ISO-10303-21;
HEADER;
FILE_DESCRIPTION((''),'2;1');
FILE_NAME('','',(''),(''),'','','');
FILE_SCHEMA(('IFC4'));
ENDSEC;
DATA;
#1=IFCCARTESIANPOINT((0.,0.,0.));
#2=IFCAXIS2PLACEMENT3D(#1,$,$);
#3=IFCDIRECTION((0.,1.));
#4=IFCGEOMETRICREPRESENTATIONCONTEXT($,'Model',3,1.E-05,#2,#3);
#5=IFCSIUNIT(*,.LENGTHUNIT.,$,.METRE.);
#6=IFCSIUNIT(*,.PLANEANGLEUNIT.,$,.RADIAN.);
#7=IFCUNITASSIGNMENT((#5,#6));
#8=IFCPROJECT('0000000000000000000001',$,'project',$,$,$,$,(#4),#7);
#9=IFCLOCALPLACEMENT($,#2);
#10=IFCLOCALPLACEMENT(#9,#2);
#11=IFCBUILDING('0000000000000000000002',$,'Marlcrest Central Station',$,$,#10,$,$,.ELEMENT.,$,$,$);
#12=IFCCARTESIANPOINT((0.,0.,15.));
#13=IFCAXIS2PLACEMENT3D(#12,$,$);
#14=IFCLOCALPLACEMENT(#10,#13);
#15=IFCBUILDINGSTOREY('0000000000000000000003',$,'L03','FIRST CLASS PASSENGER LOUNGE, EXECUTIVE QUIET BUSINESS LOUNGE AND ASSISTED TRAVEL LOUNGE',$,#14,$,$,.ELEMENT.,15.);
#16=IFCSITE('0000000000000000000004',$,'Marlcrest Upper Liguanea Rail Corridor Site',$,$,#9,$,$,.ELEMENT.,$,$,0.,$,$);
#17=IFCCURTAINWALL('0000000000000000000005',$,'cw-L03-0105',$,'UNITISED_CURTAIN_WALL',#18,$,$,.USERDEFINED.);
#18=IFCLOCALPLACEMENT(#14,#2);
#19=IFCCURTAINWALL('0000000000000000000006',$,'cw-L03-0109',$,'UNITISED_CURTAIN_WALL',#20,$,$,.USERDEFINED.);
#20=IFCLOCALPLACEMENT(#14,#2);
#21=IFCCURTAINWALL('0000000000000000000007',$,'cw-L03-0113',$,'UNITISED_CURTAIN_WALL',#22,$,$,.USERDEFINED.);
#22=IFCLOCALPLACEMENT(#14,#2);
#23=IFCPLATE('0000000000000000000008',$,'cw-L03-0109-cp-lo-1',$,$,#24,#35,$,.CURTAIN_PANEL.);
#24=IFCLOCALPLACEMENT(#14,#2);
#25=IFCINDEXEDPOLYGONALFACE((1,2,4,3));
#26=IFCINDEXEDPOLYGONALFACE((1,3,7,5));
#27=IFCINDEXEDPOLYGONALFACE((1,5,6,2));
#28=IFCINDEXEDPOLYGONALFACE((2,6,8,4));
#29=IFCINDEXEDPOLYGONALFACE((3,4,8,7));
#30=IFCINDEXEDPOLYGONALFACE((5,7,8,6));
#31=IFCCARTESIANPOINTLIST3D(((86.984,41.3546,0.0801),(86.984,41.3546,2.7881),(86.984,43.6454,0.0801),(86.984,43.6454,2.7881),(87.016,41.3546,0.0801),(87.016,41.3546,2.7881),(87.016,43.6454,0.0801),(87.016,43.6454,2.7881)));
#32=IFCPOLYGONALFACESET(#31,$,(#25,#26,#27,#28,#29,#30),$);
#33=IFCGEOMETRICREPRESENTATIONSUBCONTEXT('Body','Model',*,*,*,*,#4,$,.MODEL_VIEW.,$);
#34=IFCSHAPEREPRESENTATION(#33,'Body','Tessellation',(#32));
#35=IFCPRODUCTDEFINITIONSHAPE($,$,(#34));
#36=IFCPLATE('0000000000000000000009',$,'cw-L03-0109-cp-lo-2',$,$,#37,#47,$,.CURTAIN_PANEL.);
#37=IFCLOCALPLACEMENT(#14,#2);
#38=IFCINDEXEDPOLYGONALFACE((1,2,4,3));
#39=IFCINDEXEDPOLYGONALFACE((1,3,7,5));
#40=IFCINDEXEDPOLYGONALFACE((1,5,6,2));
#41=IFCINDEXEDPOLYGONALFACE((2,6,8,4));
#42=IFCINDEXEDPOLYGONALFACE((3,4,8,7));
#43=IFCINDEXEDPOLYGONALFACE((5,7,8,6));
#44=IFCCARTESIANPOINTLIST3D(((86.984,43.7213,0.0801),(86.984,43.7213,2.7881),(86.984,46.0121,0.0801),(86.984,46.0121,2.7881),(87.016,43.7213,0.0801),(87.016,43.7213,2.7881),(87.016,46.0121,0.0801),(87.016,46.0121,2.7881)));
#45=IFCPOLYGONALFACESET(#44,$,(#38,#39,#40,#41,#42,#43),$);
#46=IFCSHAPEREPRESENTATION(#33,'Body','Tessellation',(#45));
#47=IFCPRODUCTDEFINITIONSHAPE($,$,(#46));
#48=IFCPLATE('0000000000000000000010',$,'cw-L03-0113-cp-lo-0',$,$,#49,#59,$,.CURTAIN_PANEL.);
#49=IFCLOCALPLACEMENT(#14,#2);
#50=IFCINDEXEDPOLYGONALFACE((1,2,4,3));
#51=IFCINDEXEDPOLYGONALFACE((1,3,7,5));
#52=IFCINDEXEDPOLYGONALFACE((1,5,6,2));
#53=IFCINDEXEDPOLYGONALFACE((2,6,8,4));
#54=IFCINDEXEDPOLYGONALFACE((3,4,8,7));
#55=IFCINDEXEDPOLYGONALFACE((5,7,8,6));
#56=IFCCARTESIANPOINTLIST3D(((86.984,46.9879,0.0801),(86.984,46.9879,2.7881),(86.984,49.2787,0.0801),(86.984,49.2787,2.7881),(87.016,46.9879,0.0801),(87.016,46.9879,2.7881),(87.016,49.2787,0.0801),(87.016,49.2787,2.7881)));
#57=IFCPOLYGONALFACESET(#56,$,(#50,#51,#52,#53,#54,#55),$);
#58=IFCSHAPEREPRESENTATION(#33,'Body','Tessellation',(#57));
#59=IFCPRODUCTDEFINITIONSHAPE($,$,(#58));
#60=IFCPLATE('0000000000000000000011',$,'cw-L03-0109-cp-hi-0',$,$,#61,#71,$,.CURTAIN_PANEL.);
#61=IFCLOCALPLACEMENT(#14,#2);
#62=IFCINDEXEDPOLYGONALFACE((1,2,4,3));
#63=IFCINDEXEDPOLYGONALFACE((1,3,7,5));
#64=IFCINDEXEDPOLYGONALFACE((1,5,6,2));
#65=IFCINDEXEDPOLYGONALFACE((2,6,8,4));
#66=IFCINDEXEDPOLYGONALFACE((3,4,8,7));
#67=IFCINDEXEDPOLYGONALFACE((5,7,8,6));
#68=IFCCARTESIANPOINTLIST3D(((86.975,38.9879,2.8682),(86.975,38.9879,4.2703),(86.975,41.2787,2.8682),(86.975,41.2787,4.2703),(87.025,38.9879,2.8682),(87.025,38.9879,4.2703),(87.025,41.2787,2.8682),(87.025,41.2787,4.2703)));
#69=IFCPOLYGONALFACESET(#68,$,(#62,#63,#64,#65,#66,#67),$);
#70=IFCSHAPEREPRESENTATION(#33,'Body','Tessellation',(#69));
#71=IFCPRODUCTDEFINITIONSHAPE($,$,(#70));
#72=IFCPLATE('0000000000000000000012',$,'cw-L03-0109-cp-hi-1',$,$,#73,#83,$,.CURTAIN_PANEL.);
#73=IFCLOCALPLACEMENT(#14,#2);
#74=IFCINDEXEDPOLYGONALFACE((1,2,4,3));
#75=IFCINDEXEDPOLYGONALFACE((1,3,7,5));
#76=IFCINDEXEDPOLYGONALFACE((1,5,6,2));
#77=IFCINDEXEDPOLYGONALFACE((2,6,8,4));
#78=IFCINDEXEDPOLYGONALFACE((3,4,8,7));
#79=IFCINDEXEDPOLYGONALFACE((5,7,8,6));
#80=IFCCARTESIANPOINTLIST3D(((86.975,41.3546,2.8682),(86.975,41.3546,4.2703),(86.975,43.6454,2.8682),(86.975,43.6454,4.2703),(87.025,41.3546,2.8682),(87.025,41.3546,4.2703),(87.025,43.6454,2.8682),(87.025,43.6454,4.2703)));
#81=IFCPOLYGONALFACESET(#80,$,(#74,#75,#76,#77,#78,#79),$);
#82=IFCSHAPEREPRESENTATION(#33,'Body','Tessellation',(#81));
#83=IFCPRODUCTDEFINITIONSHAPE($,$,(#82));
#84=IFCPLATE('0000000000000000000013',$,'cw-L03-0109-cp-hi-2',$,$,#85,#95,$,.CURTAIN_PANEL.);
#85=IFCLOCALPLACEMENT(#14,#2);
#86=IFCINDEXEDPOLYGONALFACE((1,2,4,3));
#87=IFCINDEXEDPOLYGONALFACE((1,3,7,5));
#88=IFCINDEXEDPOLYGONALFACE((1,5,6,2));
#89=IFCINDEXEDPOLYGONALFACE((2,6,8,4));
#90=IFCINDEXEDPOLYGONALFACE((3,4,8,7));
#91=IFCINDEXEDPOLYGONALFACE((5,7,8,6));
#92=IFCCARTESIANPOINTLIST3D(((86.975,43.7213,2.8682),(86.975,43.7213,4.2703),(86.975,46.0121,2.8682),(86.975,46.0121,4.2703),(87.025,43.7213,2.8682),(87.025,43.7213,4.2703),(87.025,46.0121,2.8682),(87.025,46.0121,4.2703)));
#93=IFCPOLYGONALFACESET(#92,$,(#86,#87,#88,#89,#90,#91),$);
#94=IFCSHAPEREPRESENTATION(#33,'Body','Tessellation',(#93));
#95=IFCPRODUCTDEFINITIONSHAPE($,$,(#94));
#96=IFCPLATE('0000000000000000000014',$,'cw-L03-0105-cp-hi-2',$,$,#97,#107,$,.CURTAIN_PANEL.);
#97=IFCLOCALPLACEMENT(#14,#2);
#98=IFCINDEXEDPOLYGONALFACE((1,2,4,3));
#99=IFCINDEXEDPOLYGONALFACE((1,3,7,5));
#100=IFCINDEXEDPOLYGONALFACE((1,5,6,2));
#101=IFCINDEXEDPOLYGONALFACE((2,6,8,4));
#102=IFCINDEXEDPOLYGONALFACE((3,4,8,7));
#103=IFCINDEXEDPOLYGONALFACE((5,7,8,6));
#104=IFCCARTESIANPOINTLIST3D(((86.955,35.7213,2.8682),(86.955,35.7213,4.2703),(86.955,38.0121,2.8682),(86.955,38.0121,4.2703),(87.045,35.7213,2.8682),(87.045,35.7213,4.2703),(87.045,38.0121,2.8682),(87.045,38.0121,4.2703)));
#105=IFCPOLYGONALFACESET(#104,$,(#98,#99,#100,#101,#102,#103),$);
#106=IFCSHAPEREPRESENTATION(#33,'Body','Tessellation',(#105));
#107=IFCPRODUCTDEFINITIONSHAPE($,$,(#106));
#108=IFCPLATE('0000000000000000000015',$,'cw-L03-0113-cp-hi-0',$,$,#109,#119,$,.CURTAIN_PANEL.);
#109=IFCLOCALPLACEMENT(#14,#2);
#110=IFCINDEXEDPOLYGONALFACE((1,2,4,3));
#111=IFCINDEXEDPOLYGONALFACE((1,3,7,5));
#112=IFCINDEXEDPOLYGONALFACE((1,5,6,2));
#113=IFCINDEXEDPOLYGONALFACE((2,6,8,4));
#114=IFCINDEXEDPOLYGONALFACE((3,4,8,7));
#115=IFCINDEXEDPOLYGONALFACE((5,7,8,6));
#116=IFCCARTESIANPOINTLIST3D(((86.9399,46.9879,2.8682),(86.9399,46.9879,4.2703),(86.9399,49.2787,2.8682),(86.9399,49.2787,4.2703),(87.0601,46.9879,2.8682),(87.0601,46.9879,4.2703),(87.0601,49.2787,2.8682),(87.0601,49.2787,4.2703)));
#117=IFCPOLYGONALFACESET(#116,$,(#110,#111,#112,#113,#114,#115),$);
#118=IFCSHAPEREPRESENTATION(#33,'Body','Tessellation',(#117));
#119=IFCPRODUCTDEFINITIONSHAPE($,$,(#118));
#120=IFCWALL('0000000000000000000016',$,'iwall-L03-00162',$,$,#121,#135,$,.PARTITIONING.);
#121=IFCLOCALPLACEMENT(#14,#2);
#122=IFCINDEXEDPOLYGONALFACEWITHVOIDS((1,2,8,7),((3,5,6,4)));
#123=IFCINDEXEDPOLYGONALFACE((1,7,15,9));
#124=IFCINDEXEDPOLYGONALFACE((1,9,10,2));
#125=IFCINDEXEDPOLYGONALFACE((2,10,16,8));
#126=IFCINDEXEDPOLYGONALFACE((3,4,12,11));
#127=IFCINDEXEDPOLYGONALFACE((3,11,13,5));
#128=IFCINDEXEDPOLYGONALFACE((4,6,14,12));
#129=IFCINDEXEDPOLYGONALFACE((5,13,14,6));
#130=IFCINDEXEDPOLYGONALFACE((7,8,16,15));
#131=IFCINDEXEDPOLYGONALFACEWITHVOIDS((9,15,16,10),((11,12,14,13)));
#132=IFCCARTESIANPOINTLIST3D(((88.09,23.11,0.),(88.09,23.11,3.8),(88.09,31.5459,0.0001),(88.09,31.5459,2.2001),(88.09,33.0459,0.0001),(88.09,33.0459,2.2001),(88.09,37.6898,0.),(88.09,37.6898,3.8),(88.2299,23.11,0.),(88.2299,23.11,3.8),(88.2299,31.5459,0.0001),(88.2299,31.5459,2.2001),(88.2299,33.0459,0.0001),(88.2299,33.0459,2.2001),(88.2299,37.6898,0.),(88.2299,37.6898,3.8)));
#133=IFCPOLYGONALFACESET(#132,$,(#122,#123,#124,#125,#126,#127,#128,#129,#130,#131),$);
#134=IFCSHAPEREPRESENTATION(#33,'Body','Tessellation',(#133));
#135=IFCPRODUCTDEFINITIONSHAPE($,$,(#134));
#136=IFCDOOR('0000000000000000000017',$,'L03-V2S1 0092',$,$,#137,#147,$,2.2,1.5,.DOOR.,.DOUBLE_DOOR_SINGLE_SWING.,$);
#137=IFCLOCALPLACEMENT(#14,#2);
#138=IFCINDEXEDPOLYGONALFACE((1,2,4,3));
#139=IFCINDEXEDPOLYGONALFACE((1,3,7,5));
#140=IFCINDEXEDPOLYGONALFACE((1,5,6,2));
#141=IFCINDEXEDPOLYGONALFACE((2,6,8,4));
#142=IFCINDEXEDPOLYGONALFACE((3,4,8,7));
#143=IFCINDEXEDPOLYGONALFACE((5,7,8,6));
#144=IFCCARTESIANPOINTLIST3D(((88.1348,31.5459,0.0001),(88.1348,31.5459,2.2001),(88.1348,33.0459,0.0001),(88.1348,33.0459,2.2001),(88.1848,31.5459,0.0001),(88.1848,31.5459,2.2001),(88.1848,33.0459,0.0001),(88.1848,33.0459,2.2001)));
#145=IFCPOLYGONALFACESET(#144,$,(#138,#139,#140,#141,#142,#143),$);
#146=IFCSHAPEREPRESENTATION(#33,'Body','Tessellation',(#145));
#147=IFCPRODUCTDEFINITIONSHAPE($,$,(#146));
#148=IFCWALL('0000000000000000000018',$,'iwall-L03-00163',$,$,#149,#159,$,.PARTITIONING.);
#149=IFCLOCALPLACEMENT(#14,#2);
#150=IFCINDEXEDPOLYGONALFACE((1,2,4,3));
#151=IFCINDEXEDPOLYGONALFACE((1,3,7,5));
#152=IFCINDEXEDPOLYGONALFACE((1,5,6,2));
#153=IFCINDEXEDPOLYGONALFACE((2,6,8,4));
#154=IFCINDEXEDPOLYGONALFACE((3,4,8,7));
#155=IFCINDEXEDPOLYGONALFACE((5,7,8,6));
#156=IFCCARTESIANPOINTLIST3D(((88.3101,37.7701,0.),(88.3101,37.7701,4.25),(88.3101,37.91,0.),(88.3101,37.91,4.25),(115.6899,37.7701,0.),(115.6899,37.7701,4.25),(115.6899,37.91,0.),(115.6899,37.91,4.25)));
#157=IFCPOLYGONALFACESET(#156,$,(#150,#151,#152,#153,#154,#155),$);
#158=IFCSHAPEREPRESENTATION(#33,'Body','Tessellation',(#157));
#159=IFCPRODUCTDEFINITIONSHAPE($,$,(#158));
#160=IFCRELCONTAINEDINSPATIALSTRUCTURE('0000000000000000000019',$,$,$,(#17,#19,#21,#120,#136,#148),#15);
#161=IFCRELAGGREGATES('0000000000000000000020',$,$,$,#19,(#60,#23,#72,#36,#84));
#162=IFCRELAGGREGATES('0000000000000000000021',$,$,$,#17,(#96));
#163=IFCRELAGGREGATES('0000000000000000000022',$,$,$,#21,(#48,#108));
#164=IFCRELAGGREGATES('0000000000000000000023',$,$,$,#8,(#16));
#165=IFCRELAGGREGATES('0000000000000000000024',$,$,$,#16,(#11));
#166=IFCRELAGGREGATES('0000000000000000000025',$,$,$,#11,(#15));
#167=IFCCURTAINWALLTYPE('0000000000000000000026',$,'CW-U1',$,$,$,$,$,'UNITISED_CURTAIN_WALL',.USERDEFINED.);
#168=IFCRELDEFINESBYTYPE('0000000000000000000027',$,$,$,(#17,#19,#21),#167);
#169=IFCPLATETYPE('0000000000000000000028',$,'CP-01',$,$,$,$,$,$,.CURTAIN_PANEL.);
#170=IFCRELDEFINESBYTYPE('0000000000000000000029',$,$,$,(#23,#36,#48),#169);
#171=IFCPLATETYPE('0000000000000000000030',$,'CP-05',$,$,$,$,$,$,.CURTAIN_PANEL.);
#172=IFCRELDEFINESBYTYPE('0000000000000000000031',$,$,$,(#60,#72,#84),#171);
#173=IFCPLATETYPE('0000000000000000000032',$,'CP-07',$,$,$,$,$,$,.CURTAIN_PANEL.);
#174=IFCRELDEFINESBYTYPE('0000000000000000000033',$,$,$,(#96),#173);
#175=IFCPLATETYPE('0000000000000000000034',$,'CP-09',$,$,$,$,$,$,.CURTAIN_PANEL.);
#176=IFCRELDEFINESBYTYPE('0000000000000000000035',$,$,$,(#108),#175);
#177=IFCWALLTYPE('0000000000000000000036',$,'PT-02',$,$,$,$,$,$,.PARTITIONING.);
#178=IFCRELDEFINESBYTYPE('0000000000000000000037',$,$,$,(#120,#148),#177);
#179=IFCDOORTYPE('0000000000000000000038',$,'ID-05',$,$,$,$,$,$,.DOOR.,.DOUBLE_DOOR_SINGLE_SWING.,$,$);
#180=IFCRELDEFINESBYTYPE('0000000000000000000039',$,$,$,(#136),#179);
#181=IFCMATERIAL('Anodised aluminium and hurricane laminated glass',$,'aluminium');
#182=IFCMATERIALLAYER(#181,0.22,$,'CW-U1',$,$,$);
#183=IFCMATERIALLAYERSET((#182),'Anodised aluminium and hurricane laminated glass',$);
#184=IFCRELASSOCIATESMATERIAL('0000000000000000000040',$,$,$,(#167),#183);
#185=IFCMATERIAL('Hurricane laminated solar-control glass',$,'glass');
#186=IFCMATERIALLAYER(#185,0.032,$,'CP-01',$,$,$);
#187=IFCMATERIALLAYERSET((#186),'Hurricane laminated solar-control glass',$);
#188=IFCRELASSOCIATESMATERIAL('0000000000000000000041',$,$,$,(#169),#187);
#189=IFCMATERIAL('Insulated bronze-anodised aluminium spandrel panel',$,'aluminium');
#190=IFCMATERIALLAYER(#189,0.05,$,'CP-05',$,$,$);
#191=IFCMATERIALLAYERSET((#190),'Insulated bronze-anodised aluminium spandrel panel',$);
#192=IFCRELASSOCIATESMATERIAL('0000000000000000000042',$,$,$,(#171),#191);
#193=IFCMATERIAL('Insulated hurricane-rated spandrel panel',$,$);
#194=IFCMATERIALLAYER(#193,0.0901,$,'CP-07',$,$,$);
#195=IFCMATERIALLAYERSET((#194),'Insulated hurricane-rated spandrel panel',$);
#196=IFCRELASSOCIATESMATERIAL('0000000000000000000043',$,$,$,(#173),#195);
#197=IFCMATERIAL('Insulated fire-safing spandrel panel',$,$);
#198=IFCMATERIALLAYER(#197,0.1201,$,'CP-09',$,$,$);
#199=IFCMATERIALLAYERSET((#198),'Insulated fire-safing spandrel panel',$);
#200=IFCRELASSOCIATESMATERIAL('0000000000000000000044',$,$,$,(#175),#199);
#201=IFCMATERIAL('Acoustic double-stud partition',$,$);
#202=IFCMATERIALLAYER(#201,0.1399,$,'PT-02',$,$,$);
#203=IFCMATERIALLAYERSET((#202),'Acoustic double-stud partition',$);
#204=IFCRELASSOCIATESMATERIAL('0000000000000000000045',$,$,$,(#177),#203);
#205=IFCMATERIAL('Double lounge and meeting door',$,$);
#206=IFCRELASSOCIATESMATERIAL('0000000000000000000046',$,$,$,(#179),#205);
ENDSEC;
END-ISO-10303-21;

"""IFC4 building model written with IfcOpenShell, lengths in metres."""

from ifc_helpers import new_model, si_unit, direction, frame, frame_2d, origin, origin_2d, place, context, subcontext, project, spatial, rectangle, extrude, material, layer, layer_set, type_object, element, fill, aggregate, save


model = new_model("IFC4")

# Units and contexts
model_context = context("Model", 3, precision=1e-05, world=origin(), true_north=direction((0.0, 1.0)))
body_context = subcontext(model_context, "Body", "Model", "MODEL_VIEW")
ifc_project = project(units=[si_unit("LENGTHUNIT", "METRE"), si_unit("PLANEANGLEUNIT", "RADIAN")], contexts=[model_context])

# Site, building, storey
site_placement = place(None, origin())
site = spatial("IfcSite", under=ifc_project, at=site_placement, Name="Marlcrest Upper Liguanea Rail Corridor Site", CompositionType="ELEMENT", RefElevation=0.0)
building_placement = place(site_placement, origin())
building = spatial("IfcBuilding", under=site, at=building_placement, Name="Marlcrest Central Station", CompositionType="ELEMENT")
storey_placement = place(building_placement, frame((0.0, 0.0, 15.0)))
storey = spatial("IfcBuildingStorey", under=building, at=storey_placement, Name="L03", Description="FIRST CLASS PASSENGER LOUNGE, EXECUTIVE QUIET BUSINESS LOUNGE AND ASSISTED TRAVEL LOUNGE", CompositionType="ELEMENT", Elevation=15.0)

# Curtain wall
ifc_material_1 = material(Name="Anodised aluminium and hurricane laminated glass", Category="aluminium")
ifc_layer_1 = layer(ifc_material_1, 0.22, Name="CW-U1")
ifc_layer_set_1 = layer_set([ifc_layer_1], Name="Anodised aluminium and hurricane laminated glass")
curtain_wall_type = type_object("IfcCurtainWallType", Name="CW-U1", ElementType="UNITISED_CURTAIN_WALL", PredefinedType="USERDEFINED", material=ifc_layer_set_1)
curtain_wall_1_placement = place(storey_placement, origin())
curtain_wall_1 = element("IfcCurtainWall", 1, at=curtain_wall_1_placement, inside=storey, type_object=curtain_wall_type, Name="cw-L03-0105", ObjectType="UNITISED_CURTAIN_WALL", PredefinedType="USERDEFINED")

# Curtain walls
curtain_wall_2_placement = place(storey_placement, origin())
curtain_wall_2 = element("IfcCurtainWall", 2, at=curtain_wall_2_placement, inside=storey, type_object=curtain_wall_type, Name="cw-L03-0109", ObjectType="UNITISED_CURTAIN_WALL", PredefinedType="USERDEFINED")
curtain_wall_3_placement = place(storey_placement, origin())
curtain_wall_3 = element("IfcCurtainWall", 3, at=curtain_wall_3_placement, inside=storey, type_object=curtain_wall_type, Name="cw-L03-0113", ObjectType="UNITISED_CURTAIN_WALL", PredefinedType="USERDEFINED")

# Plates
ifc_material_2 = material(Name="Hurricane laminated solar-control glass", Category="glass")
ifc_layer_2 = layer(ifc_material_2, 0.032, Name="CP-01")
ifc_layer_set_2 = layer_set([ifc_layer_2], Name="Hurricane laminated solar-control glass")
plate_type_1 = type_object("IfcPlateType", Name="CP-01", PredefinedType="CURTAIN_PANEL", material=ifc_layer_set_2)
plate_1_placement = place(storey_placement, frame((87.0, 42.5, 0.0801), z_axis=(0.0, 0.0, 1.0), x_axis=(0.0, 1.0, 0.0)))
plate_1 = element("IfcPlate", 4, at=plate_1_placement, type_object=plate_type_1, Name="cw-L03-0109-cp-lo-1", PredefinedType="CURTAIN_PANEL", context=body_context, shape_type="SweptSolid", body=[
    extrude(rectangle(XDim=2.2908, YDim=0.032, at=origin_2d()), origin(), (0.0, 0.0, 1.0), 2.708),
])
plate_2_placement = place(storey_placement, frame((87.0, 44.8667, 0.0801), z_axis=(0.0, 0.0, 1.0), x_axis=(0.0, 1.0, 0.0)))
plate_2 = element("IfcPlate", 5, at=plate_2_placement, type_object=plate_type_1, Name="cw-L03-0109-cp-lo-2", PredefinedType="CURTAIN_PANEL", context=body_context, shape_type="SweptSolid", body=[
    extrude(rectangle(XDim=2.2908, YDim=0.032, at=origin_2d()), origin(), (0.0, 0.0, 1.0), 2.708),
])
plate_3_placement = place(storey_placement, frame((87.0, 48.1333, 0.0801), z_axis=(0.0, 0.0, 1.0), x_axis=(0.0, 1.0, 0.0)))
plate_3 = element("IfcPlate", 6, at=plate_3_placement, type_object=plate_type_1, Name="cw-L03-0113-cp-lo-0", PredefinedType="CURTAIN_PANEL", context=body_context, shape_type="SweptSolid", body=[
    extrude(rectangle(XDim=2.2908, YDim=0.032, at=origin_2d()), origin(), (0.0, 0.0, 1.0), 2.708),
])
ifc_material_3 = material(Name="Insulated bronze-anodised aluminium spandrel panel", Category="aluminium")
ifc_layer_3 = layer(ifc_material_3, 0.05, Name="CP-05")
ifc_layer_set_3 = layer_set([ifc_layer_3], Name="Insulated bronze-anodised aluminium spandrel panel")
plate_type_2 = type_object("IfcPlateType", Name="CP-05", PredefinedType="CURTAIN_PANEL", material=ifc_layer_set_3)
plate_4_placement = place(storey_placement, frame((87.0, 40.1333, 2.8682), z_axis=(0.0, 0.0, 1.0), x_axis=(0.0, 1.0, 0.0)))
plate_4 = element("IfcPlate", 7, at=plate_4_placement, type_object=plate_type_2, Name="cw-L03-0109-cp-hi-0", PredefinedType="CURTAIN_PANEL", context=body_context, shape_type="SweptSolid", body=[
    extrude(rectangle(XDim=2.2908, YDim=0.05, at=origin_2d()), origin(), (0.0, 0.0, 1.0), 1.4021),
])
plate_5_placement = place(storey_placement, frame((87.0, 42.5, 2.8682), z_axis=(0.0, 0.0, 1.0), x_axis=(0.0, 1.0, 0.0)))
plate_5 = element("IfcPlate", 8, at=plate_5_placement, type_object=plate_type_2, Name="cw-L03-0109-cp-hi-1", PredefinedType="CURTAIN_PANEL", context=body_context, shape_type="SweptSolid", body=[
    extrude(rectangle(XDim=2.2908, YDim=0.05, at=origin_2d()), origin(), (0.0, 0.0, 1.0), 1.4021),
])
plate_6_placement = place(storey_placement, frame((87.0, 44.8667, 2.8682), z_axis=(0.0, 0.0, 1.0), x_axis=(0.0, 1.0, 0.0)))
plate_6 = element("IfcPlate", 9, at=plate_6_placement, type_object=plate_type_2, Name="cw-L03-0109-cp-hi-2", PredefinedType="CURTAIN_PANEL", context=body_context, shape_type="SweptSolid", body=[
    extrude(rectangle(XDim=2.2908, YDim=0.05, at=origin_2d()), origin(), (0.0, 0.0, 1.0), 1.4021),
])
aggregate(curtain_wall_2, [plate_4, plate_1, plate_5, plate_2, plate_6])
ifc_material_4 = material(Name="Insulated hurricane-rated spandrel panel")
ifc_layer_4 = layer(ifc_material_4, 0.0901, Name="CP-07")
ifc_layer_set_4 = layer_set([ifc_layer_4], Name="Insulated hurricane-rated spandrel panel")
plate_type_3 = type_object("IfcPlateType", Name="CP-07", PredefinedType="CURTAIN_PANEL", material=ifc_layer_set_4)
plate_7_placement = place(storey_placement, frame((87.0, 36.8667, 2.8682), z_axis=(0.0, 0.0, 1.0), x_axis=(0.0, 1.0, 0.0)))
plate_7 = element("IfcPlate", 10, at=plate_7_placement, type_object=plate_type_3, Name="cw-L03-0105-cp-hi-2", PredefinedType="CURTAIN_PANEL", context=body_context, shape_type="SweptSolid", body=[
    extrude(rectangle(XDim=2.2908, YDim=0.0901, at=origin_2d()), origin(), (0.0, 0.0, 1.0), 1.4021),
])
aggregate(curtain_wall_1, [plate_7])
ifc_material_5 = material(Name="Insulated fire-safing spandrel panel")
ifc_layer_5 = layer(ifc_material_5, 0.1201, Name="CP-09")
ifc_layer_set_5 = layer_set([ifc_layer_5], Name="Insulated fire-safing spandrel panel")
plate_type_4 = type_object("IfcPlateType", Name="CP-09", PredefinedType="CURTAIN_PANEL", material=ifc_layer_set_5)
plate_8_placement = place(storey_placement, frame((87.0, 48.1333, 2.8682), z_axis=(0.0, 0.0, 1.0), x_axis=(0.0, 1.0, 0.0)))
plate_8 = element("IfcPlate", 11, at=plate_8_placement, type_object=plate_type_4, Name="cw-L03-0113-cp-hi-0", PredefinedType="CURTAIN_PANEL", context=body_context, shape_type="SweptSolid", body=[
    extrude(rectangle(XDim=2.2908, YDim=0.1201, at=origin_2d()), origin(), (0.0, 0.0, 1.0), 1.4021),
])
aggregate(curtain_wall_3, [plate_3, plate_8])

# Wall, opening, door
ifc_material_6 = material(Name="Acoustic double-stud partition")
ifc_layer_6 = layer(ifc_material_6, 0.1399, Name="PT-02")
ifc_layer_set_6 = layer_set([ifc_layer_6], Name="Acoustic double-stud partition")
wall_type = type_object("IfcWallType", Name="PT-02", PredefinedType="PARTITIONING", material=ifc_layer_set_6)
wall_1_placement = place(storey_placement, frame((88.1599, 37.6899, 0.0), z_axis=(0.0, 0.0, 1.0), x_axis=(0.0, -1.0, 0.0)))
wall_1 = element("IfcWall", 12, at=wall_1_placement, inside=storey, type_object=wall_type, Name="iwall-L03-00162", PredefinedType="PARTITIONING", context=body_context, shape_type="SweptSolid", body=[
    extrude(rectangle(XDim=14.5798, YDim=0.1399, at=frame_2d((7.29, 0.0))), origin(), (0.0, 0.0, 1.0), 3.8),
])
opening_placement = place(wall_1_placement, frame((4.644, 0.0, 0.0)))
opening = element("IfcOpeningElement", 13, at=opening_placement, cuts=wall_1, PredefinedType="OPENING", context=body_context, shape_type="SweptSolid", body=[
    extrude(rectangle(XDim=1.5, YDim=2.2, at=frame_2d((0.75, 1.1001))), frame((0.0, 0.0798, 0.0), z_axis=(0.0, -1.0, 0.0), x_axis=(1.0, 0.0, 0.0)), (0.0, 0.0, 1.0), 0.1599),
])
ifc_material_7 = material(Name="Double lounge and meeting door")
door_type = type_object("IfcDoorType", Name="ID-05", OperationType="DOUBLE_DOOR_SINGLE_SWING", PredefinedType="DOOR", material=ifc_material_7)
door_placement = place(opening_placement, origin())
door = element("IfcDoor", 14, at=door_placement, inside=storey, type_object=door_type, Name="L03-V2S1 0092", OperationType="DOUBLE_DOOR_SINGLE_SWING", OverallHeight=2.2, OverallWidth=1.5, PredefinedType="DOOR", context=body_context, shape_type="SweptSolid", body=[
    extrude(rectangle(XDim=1.5, YDim=2.2, at=frame_2d((0.75, 1.1001))), frame((0.0, 0.0249, 0.0), z_axis=(0.0, -1.0, 0.0), x_axis=(1.0, 0.0, 0.0)), (0.0, 0.0, 1.0), 0.05),
])
fill(opening, door)

# Wall
wall_2_placement = place(storey_placement, frame((88.3101, 37.8401, 0.0), z_axis=(0.0, 0.0, 1.0), x_axis=(1.0, 0.0, 0.0)))
element("IfcWall", 15, at=wall_2_placement, inside=storey, type_object=wall_type, Name="iwall-L03-00163", PredefinedType="PARTITIONING", context=body_context, shape_type="SweptSolid", body=[
    extrude(rectangle(XDim=27.3799, YDim=0.1399, at=frame_2d((13.6899, 0.0))), origin(), (0.0, 0.0, 1.0), 4.25),
])

save(model, "model.ifc")
